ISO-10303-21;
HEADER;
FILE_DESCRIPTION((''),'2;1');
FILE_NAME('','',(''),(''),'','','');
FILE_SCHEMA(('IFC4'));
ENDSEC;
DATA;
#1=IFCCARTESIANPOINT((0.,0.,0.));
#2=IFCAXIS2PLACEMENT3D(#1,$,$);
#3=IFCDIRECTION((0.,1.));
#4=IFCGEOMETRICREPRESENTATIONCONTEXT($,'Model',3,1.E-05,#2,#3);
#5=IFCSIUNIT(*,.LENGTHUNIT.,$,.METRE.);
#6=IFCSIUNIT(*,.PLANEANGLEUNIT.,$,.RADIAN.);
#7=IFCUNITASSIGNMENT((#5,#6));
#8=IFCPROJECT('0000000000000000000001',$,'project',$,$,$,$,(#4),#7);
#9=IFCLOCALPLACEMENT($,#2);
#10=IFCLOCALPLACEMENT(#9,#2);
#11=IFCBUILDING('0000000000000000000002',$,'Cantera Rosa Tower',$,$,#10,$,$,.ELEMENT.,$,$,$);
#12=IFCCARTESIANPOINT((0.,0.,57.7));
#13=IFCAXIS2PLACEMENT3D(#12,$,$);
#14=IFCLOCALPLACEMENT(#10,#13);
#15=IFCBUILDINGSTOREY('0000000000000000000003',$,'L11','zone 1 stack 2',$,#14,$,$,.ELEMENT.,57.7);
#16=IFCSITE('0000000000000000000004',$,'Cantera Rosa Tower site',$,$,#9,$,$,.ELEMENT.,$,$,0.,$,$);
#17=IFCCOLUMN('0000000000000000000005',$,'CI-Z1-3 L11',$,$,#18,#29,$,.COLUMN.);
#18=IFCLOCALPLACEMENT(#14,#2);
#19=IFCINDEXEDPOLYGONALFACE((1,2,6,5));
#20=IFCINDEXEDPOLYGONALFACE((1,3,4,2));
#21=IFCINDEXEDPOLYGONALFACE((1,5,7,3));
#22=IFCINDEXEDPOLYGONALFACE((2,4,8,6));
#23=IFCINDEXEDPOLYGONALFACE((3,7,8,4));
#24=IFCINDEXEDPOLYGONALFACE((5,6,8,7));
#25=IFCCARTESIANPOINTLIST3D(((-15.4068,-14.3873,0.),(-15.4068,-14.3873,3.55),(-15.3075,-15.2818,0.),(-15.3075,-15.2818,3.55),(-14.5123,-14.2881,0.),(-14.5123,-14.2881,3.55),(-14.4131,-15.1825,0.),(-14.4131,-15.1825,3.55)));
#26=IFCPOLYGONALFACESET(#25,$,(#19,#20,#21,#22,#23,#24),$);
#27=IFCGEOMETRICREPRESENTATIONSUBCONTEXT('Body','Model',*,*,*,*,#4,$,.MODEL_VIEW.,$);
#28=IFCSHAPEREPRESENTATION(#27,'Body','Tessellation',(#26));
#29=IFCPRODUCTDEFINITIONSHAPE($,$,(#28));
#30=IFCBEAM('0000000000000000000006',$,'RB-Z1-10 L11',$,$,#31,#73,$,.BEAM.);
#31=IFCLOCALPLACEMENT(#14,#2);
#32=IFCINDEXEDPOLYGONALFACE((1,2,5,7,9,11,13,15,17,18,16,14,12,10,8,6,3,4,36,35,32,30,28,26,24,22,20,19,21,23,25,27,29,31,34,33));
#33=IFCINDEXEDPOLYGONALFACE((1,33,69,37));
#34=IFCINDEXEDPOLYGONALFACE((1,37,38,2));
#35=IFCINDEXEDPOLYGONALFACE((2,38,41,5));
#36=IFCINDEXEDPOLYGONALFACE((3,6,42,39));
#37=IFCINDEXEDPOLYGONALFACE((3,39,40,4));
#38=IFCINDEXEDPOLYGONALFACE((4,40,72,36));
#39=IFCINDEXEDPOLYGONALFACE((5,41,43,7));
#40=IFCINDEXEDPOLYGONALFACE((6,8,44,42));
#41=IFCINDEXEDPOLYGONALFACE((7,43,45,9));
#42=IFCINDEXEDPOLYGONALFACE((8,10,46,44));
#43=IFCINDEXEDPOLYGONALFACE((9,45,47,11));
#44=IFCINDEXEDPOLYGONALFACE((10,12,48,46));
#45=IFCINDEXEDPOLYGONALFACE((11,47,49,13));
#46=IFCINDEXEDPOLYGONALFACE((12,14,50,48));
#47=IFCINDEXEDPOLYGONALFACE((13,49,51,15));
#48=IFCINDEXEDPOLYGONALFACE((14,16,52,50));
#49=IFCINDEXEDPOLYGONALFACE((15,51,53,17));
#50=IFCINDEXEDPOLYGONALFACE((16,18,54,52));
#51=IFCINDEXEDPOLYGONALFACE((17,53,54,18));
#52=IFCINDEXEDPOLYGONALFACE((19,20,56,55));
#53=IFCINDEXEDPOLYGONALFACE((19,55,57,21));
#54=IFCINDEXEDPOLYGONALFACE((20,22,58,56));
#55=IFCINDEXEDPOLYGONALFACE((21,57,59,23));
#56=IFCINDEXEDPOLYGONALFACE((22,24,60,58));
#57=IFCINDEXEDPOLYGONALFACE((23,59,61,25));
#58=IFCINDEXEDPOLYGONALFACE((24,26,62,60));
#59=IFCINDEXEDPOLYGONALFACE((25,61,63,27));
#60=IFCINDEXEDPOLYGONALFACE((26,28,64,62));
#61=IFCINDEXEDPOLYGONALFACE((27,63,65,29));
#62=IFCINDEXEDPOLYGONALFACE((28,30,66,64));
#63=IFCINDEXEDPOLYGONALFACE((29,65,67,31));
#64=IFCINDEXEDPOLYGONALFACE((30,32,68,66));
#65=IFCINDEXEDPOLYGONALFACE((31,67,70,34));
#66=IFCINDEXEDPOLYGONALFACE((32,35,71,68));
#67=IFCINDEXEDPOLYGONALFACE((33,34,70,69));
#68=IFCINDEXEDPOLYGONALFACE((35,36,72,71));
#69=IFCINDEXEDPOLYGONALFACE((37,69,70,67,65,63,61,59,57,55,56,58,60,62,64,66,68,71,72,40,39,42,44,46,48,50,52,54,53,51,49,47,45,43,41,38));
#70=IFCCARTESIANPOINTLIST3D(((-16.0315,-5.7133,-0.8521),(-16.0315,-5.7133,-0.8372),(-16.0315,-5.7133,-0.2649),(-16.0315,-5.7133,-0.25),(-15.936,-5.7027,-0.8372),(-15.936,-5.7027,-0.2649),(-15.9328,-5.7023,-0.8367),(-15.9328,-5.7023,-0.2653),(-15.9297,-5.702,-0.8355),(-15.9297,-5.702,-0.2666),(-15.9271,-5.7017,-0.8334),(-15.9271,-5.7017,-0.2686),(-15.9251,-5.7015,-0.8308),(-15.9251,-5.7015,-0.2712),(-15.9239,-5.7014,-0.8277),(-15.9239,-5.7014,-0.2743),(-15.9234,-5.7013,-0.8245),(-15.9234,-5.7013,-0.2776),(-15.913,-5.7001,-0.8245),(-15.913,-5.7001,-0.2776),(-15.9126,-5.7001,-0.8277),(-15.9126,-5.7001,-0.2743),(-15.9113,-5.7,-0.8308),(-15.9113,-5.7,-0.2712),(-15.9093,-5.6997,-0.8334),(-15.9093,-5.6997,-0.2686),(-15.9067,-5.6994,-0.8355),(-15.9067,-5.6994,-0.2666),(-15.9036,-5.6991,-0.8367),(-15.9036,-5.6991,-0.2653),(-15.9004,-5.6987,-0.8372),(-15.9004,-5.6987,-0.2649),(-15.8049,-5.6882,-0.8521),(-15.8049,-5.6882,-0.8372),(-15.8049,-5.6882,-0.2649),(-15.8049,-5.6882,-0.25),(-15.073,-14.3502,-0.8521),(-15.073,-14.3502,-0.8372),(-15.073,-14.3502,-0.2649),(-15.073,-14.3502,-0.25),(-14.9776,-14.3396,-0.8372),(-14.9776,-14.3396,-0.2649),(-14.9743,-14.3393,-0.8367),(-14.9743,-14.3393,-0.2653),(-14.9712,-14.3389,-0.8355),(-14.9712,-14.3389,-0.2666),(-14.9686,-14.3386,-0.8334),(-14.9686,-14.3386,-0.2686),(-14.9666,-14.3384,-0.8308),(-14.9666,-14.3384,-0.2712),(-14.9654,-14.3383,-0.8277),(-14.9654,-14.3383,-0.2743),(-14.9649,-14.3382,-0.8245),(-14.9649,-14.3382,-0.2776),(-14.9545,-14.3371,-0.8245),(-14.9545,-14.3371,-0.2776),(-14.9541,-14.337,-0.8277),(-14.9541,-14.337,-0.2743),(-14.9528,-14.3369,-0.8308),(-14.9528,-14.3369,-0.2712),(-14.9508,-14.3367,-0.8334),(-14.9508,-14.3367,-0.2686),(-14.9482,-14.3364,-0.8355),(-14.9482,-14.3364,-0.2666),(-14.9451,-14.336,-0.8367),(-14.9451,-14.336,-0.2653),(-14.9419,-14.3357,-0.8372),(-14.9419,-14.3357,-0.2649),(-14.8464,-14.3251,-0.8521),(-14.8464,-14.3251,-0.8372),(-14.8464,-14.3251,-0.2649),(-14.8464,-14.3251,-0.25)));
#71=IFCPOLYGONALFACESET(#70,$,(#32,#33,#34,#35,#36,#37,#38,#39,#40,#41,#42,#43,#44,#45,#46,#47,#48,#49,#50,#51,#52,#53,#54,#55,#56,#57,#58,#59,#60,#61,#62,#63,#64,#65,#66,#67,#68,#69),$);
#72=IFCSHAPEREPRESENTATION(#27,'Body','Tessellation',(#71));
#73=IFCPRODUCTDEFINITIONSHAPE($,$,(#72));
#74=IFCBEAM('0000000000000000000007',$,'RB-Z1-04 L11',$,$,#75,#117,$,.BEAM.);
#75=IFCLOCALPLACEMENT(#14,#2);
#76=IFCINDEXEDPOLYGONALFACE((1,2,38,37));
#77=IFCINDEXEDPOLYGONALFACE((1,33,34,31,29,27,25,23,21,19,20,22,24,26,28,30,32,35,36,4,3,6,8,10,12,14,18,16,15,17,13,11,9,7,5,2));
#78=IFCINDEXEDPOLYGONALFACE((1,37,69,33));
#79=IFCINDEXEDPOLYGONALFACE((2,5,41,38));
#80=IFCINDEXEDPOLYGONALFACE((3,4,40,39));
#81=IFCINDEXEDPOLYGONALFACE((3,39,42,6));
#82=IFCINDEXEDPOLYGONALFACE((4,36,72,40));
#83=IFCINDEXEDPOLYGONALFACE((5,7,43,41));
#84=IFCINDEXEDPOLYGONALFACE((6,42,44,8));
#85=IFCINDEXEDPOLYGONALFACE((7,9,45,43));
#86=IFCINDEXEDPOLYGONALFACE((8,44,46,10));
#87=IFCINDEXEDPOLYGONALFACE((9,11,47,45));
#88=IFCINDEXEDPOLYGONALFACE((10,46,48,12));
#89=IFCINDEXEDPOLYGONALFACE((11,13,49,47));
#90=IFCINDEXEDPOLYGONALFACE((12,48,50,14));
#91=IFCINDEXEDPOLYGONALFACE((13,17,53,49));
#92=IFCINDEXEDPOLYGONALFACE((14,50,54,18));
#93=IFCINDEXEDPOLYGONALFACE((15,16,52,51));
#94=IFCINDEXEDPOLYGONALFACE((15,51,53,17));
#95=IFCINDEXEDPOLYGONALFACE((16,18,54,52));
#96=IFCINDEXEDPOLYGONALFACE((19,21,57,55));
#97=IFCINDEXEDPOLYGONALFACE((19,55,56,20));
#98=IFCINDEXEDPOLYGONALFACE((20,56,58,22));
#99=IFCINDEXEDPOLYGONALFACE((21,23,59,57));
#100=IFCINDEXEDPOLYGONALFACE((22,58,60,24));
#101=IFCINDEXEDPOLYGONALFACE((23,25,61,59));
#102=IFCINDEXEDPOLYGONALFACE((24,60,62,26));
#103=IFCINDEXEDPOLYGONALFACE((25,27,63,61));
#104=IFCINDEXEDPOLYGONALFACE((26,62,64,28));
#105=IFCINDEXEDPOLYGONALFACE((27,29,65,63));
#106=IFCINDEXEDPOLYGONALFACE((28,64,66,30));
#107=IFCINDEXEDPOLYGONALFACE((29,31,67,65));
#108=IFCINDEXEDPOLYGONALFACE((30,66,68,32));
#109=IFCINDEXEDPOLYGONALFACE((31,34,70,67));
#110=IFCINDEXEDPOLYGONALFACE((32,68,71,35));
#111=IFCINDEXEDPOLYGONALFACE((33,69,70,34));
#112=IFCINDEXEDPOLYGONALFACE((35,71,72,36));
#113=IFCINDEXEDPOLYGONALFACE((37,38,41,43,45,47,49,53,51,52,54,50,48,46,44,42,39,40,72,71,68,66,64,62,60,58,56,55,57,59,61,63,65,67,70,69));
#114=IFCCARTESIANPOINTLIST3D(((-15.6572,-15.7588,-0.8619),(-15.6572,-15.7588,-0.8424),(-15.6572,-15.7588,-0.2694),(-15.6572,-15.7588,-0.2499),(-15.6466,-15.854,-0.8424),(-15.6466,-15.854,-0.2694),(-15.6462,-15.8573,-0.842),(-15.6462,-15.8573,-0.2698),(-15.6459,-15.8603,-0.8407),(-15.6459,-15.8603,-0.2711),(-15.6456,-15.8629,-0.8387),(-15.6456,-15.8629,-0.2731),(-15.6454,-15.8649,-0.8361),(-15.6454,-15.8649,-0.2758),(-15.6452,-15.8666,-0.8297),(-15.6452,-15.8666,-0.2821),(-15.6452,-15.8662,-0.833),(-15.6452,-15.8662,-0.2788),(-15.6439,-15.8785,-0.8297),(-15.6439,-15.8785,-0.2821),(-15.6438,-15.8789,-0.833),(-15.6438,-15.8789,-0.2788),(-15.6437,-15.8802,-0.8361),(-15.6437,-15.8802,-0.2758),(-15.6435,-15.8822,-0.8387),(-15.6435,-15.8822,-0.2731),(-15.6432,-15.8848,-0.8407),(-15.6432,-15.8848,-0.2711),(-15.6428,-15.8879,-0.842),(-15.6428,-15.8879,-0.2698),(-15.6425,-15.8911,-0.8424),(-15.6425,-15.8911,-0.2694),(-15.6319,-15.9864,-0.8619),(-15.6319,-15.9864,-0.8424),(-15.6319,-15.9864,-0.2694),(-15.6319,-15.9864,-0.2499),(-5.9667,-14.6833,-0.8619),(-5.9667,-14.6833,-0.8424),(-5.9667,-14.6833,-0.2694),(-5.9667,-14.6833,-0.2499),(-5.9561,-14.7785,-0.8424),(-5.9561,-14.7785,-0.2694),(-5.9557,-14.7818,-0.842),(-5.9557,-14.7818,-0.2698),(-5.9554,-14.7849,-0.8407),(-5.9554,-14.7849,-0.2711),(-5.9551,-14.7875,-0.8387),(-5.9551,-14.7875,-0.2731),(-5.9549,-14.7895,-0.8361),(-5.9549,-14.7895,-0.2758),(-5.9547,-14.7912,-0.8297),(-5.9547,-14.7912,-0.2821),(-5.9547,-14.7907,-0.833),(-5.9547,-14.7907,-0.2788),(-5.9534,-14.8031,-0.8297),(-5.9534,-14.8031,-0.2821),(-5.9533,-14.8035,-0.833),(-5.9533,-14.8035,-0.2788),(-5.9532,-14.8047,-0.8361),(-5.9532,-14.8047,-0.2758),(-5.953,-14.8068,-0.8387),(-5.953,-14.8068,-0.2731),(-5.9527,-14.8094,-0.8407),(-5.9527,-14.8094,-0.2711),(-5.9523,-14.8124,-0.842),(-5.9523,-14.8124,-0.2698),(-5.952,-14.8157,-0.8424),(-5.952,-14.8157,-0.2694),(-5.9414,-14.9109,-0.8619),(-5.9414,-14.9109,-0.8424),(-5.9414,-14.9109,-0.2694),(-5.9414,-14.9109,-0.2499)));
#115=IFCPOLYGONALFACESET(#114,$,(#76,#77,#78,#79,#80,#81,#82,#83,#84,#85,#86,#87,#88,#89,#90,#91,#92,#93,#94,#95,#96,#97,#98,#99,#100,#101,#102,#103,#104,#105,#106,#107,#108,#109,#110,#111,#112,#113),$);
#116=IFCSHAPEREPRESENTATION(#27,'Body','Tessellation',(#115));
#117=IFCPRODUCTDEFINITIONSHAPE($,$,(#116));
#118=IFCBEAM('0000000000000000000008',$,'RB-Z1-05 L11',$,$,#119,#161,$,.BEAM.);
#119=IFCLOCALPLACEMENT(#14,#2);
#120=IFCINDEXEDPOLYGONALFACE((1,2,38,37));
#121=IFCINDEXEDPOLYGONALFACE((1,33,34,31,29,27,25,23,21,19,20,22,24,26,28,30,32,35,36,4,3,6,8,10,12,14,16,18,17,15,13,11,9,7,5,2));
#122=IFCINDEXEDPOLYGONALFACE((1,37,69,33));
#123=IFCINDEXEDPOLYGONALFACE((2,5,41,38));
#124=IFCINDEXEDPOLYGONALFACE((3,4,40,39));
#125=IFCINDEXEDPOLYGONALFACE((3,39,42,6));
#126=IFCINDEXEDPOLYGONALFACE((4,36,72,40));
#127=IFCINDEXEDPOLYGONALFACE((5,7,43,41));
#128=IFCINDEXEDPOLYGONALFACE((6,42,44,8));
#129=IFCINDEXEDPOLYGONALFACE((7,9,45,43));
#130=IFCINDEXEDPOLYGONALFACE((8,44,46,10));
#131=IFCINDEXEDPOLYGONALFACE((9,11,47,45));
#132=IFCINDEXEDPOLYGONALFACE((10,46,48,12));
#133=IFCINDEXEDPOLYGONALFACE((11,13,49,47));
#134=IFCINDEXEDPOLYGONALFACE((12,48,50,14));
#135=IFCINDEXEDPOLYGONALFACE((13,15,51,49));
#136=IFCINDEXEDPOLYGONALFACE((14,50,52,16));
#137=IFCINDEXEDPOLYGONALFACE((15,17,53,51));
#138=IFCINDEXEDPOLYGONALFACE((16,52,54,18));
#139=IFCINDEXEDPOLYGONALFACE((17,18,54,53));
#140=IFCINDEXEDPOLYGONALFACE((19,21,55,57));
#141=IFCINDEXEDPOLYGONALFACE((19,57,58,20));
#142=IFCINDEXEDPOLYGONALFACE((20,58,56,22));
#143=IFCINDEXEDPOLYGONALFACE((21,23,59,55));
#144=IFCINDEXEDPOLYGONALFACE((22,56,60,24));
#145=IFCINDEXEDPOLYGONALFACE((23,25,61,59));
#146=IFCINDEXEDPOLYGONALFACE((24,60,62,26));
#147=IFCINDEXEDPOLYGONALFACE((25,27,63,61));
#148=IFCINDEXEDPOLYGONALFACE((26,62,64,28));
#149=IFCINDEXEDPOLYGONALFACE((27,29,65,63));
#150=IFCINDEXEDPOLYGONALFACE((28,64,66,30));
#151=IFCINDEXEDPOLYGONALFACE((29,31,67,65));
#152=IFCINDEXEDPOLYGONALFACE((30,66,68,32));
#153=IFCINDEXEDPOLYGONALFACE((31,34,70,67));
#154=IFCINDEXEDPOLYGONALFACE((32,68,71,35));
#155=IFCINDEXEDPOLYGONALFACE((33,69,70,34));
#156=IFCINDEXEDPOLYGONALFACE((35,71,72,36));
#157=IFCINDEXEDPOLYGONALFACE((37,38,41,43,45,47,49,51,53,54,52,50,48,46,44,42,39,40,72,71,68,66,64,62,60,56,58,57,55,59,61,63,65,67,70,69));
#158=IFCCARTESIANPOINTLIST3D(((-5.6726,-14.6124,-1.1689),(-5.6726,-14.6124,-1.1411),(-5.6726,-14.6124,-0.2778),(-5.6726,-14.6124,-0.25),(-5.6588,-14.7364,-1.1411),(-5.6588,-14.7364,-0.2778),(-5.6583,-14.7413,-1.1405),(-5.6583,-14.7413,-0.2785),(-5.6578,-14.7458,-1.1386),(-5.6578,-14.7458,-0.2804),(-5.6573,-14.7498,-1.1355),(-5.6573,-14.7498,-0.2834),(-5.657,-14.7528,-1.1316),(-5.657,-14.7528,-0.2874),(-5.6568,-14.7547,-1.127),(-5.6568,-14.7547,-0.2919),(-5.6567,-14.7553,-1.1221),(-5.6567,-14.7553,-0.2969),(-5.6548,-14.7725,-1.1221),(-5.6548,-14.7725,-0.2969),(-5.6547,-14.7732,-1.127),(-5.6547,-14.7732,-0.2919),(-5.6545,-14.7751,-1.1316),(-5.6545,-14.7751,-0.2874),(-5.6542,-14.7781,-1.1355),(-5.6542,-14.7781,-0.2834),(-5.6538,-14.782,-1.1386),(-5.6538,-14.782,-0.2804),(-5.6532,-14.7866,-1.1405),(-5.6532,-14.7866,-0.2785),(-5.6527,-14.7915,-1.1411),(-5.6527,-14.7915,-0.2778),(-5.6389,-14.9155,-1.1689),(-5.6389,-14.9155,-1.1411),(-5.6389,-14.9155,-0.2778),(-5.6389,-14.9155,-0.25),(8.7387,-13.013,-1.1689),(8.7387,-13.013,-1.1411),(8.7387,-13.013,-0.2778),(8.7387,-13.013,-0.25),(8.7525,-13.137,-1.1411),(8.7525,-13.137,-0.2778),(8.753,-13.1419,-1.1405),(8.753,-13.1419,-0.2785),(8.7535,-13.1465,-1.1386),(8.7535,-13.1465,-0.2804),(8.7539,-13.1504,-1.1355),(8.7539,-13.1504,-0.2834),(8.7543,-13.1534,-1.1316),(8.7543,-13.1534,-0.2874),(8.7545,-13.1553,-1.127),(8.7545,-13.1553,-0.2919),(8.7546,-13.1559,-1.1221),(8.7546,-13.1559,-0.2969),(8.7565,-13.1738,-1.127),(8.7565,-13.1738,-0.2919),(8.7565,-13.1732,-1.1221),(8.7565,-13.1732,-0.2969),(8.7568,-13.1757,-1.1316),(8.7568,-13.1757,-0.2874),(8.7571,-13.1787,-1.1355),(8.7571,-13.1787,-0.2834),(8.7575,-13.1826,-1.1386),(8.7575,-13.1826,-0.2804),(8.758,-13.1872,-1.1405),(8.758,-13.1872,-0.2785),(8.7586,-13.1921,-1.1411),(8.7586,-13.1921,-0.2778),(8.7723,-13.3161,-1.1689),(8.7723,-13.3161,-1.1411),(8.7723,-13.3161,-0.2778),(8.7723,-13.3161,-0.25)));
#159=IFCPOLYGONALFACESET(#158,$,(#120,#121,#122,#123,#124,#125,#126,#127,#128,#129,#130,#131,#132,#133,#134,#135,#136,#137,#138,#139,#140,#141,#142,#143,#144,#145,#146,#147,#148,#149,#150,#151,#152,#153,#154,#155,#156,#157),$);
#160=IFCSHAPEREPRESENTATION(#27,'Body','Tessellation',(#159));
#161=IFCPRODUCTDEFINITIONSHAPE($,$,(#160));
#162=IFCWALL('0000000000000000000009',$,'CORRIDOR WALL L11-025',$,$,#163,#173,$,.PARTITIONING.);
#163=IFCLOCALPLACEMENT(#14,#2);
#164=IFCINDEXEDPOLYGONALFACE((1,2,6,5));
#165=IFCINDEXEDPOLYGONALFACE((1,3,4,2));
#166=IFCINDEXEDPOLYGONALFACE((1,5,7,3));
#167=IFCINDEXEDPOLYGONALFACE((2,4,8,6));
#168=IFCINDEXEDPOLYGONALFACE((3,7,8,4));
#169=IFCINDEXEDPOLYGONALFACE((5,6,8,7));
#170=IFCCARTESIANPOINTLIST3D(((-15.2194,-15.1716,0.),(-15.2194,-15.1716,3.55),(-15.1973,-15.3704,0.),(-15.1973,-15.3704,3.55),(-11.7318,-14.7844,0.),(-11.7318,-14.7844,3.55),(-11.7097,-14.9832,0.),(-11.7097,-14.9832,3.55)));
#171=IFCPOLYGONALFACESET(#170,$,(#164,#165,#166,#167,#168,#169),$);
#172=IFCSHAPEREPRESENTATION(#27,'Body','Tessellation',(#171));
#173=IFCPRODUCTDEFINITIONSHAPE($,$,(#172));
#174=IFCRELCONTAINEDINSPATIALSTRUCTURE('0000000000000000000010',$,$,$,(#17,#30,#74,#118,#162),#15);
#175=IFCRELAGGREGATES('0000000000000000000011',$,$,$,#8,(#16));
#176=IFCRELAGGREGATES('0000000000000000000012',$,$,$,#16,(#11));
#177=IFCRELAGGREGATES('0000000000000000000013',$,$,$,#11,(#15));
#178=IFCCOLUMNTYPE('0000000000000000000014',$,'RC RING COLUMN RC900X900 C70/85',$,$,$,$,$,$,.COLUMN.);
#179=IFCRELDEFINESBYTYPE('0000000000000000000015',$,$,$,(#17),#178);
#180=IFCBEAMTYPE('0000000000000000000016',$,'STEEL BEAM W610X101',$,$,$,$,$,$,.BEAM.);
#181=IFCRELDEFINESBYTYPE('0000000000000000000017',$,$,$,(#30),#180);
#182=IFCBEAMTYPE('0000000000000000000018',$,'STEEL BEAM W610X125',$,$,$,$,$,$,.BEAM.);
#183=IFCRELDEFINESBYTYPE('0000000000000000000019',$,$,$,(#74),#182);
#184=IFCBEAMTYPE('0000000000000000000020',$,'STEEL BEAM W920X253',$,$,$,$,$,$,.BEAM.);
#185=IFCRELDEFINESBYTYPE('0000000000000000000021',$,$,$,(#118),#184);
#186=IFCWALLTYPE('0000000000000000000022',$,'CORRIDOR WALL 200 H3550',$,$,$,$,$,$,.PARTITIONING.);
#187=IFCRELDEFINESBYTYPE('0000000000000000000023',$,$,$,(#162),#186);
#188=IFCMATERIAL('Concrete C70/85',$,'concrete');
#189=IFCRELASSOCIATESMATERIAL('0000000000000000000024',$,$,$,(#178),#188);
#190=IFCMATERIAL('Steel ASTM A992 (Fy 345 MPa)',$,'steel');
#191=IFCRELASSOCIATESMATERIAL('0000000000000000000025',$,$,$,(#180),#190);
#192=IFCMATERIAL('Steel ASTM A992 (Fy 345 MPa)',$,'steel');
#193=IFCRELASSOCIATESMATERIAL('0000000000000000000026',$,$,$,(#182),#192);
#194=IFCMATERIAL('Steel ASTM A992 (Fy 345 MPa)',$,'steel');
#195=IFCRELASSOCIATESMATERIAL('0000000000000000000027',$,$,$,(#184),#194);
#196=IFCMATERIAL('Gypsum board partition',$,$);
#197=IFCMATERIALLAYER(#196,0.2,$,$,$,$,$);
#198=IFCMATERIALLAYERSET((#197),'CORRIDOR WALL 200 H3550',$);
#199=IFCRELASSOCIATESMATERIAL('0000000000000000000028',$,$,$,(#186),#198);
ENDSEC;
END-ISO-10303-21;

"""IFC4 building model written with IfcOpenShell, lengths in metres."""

from ifc_helpers import new_model, si_unit, direction, frame, frame_2d, origin, origin_2d, place, context, subcontext, project, spatial, rectangle, i_section, extrude, material, layer, layer_set, material_profile, profile_set, type_object, element, save


model = new_model("IFC4")

# Units and contexts
model_context = context("Model", 3, precision=1e-05, world=origin(), true_north=direction((0.0, 1.0)))
body_context = subcontext(model_context, "Body", "Model", "MODEL_VIEW")
ifc_project = project(units=[si_unit("LENGTHUNIT", "METRE"), si_unit("PLANEANGLEUNIT", "RADIAN")], contexts=[model_context])

# Site, building, storey
site_placement = place(None, origin())
site = spatial("IfcSite", under=ifc_project, at=site_placement, Name="Cantera Rosa Tower site", CompositionType="ELEMENT", RefElevation=0.0)
building_placement = place(site_placement, origin())
building = spatial("IfcBuilding", under=site, at=building_placement, Name="Cantera Rosa Tower", CompositionType="ELEMENT")
storey_placement = place(building_placement, frame((0.0, 0.0, 57.7)))
storey = spatial("IfcBuildingStorey", under=building, at=storey_placement, Name="L11", Description="zone 1 stack 2", CompositionType="ELEMENT", Elevation=57.7)

# Column
ifc_material_1 = material(Name="Concrete C70/85", Category="concrete")
ifc_material_profile_1 = material_profile(ifc_material_1, rectangle(XDim=0.8999, YDim=0.8999, at=origin_2d()), Name="RC RING COLUMN RC900X900 C70/85")
ifc_profile_set_1 = profile_set([ifc_material_profile_1], Name="Concrete C70/85")
column_type = type_object("IfcColumnType", Name="RC RING COLUMN RC900X900 C70/85", PredefinedType="COLUMN", material=ifc_profile_set_1)
column_placement = place(storey_placement, frame((-14.9099, -14.7849, 0.0), z_axis=(0.0, 0.0, 1.0), x_axis=(0.993897, 0.110313, 0.0)))
element("IfcColumn", 1, at=column_placement, inside=storey, type_object=column_type, Name="CI-Z1-3 L11", PredefinedType="COLUMN", context=body_context, shape_type="SweptSolid", body=[
    extrude(rectangle(XDim=0.8999, YDim=0.8999, at=origin_2d()), origin(), (0.0, 0.0, 1.0), 3.55),
])

# Beams
ifc_material_2 = material(Name="Steel ASTM A992 (Fy 345 MPa)", Category="steel")
ifc_material_profile_2 = material_profile(ifc_material_2, i_section(OverallWidth=0.228, OverallDepth=0.6021, WebThickness=0.0105, FlangeThickness=0.0149, FilletRadius=0.0127, at=origin_2d()), Name="W610X101")
ifc_profile_set_2 = profile_set([ifc_material_profile_2], Name="Steel ASTM A992 (Fy 345 MPa)")
beam_type_1 = type_object("IfcBeamType", Name="STEEL BEAM W610X101", PredefinedType="BEAM", material=ifc_profile_set_2)
beam_1_placement = place(storey_placement, frame((-14.9597, -14.3376, -0.551), z_axis=(-0.110299, 0.993898, 0.0), x_axis=(-0.993898, -0.110299, 0.0)))
element("IfcBeam", 2, at=beam_1_placement, inside=storey, type_object=beam_type_1, Name="RB-Z1-10 L11", PredefinedType="BEAM", context=body_context, shape_type="SweptSolid", body=[
    extrude(i_section(OverallWidth=0.228, OverallDepth=0.6021, WebThickness=0.0105, FlangeThickness=0.0149, FilletRadius=0.0127, at=origin_2d()), origin(), (0.0, 0.0, 1.0), 8.6899),
])
ifc_material_3 = material(Name="Steel ASTM A992 (Fy 345 MPa)", Category="steel")
ifc_material_profile_3 = material_profile(ifc_material_3, i_section(OverallWidth=0.229, OverallDepth=0.6121, WebThickness=0.012, FlangeThickness=0.0195, FilletRadius=0.0127, at=origin_2d()), Name="W610X125")
ifc_profile_set_3 = profile_set([ifc_material_profile_3], Name="Steel ASTM A992 (Fy 345 MPa)")
beam_type_2 = type_object("IfcBeamType", Name="STEEL BEAM W610X125", PredefinedType="BEAM", material=ifc_profile_set_3)
beam_2_placement = place(storey_placement, frame((-15.6445, -15.8726, -0.5559), z_axis=(0.993898, 0.110302, 0.0), x_axis=(-0.110302, 0.993898, 0.0)))
element("IfcBeam", 3, at=beam_2_placement, inside=storey, type_object=beam_type_2, Name="RB-Z1-04 L11", PredefinedType="BEAM", context=body_context, shape_type="SweptSolid", body=[
    extrude(i_section(OverallWidth=0.229, OverallDepth=0.6121, WebThickness=0.012, FlangeThickness=0.0195, FilletRadius=0.0127, at=origin_2d()), origin(), (0.0, 0.0, 1.0), 9.75),
])
ifc_material_4 = material(Name="Steel ASTM A992 (Fy 345 MPa)", Category="steel")
ifc_material_profile_4 = material_profile(ifc_material_4, i_section(OverallWidth=0.3049, OverallDepth=0.9189, WebThickness=0.0173, FlangeThickness=0.0278, FilletRadius=0.019, at=origin_2d()), Name="W920X253")
ifc_profile_set_4 = profile_set([ifc_material_profile_4], Name="Steel ASTM A992 (Fy 345 MPa)")
beam_type_3 = type_object("IfcBeamType", Name="STEEL BEAM W920X253", PredefinedType="BEAM", material=ifc_profile_set_4)
beam_3_placement = place(storey_placement, frame((-5.6558, -14.7639, -0.7095), z_axis=(0.993898, 0.110302, 0.0), x_axis=(-0.110302, 0.993898, 0.0)))
element("IfcBeam", 4, at=beam_3_placement, inside=storey, type_object=beam_type_3, Name="RB-Z1-05 L11", PredefinedType="BEAM", context=body_context, shape_type="SweptSolid", body=[
    extrude(i_section(OverallWidth=0.3049, OverallDepth=0.9189, WebThickness=0.0173, FlangeThickness=0.0278, FilletRadius=0.019, at=origin_2d()), origin(), (0.0, 0.0, 1.0), 14.4998),
])

# Wall
ifc_material_5 = material(Name="Gypsum board partition")
ifc_layer_1 = layer(ifc_material_5, 0.2)
ifc_layer_set_1 = layer_set([ifc_layer_1], Name="CORRIDOR WALL 200 H3550")
wall_type_1 = type_object("IfcWallType", Name="CORRIDOR WALL 200 H3550", PredefinedType="PARTITIONING", material=ifc_layer_set_1)
wall_1_placement = place(storey_placement, frame((-15.2083, -15.271, 0.0), z_axis=(0.0, 0.0, 1.0), x_axis=(0.993893, 0.110348, 0.0)))
element("IfcWall", 5, at=wall_1_placement, inside=storey, type_object=wall_type_1, Name="CORRIDOR WALL L11-025", PredefinedType="PARTITIONING", context=body_context, shape_type="SweptSolid", body=[
    extrude(rectangle(XDim=3.509, YDim=0.2, at=frame_2d((1.7544, 0.0))), origin(), (0.0, 0.0, 1.0), 3.55),
])

save(model, "model.ifc")
